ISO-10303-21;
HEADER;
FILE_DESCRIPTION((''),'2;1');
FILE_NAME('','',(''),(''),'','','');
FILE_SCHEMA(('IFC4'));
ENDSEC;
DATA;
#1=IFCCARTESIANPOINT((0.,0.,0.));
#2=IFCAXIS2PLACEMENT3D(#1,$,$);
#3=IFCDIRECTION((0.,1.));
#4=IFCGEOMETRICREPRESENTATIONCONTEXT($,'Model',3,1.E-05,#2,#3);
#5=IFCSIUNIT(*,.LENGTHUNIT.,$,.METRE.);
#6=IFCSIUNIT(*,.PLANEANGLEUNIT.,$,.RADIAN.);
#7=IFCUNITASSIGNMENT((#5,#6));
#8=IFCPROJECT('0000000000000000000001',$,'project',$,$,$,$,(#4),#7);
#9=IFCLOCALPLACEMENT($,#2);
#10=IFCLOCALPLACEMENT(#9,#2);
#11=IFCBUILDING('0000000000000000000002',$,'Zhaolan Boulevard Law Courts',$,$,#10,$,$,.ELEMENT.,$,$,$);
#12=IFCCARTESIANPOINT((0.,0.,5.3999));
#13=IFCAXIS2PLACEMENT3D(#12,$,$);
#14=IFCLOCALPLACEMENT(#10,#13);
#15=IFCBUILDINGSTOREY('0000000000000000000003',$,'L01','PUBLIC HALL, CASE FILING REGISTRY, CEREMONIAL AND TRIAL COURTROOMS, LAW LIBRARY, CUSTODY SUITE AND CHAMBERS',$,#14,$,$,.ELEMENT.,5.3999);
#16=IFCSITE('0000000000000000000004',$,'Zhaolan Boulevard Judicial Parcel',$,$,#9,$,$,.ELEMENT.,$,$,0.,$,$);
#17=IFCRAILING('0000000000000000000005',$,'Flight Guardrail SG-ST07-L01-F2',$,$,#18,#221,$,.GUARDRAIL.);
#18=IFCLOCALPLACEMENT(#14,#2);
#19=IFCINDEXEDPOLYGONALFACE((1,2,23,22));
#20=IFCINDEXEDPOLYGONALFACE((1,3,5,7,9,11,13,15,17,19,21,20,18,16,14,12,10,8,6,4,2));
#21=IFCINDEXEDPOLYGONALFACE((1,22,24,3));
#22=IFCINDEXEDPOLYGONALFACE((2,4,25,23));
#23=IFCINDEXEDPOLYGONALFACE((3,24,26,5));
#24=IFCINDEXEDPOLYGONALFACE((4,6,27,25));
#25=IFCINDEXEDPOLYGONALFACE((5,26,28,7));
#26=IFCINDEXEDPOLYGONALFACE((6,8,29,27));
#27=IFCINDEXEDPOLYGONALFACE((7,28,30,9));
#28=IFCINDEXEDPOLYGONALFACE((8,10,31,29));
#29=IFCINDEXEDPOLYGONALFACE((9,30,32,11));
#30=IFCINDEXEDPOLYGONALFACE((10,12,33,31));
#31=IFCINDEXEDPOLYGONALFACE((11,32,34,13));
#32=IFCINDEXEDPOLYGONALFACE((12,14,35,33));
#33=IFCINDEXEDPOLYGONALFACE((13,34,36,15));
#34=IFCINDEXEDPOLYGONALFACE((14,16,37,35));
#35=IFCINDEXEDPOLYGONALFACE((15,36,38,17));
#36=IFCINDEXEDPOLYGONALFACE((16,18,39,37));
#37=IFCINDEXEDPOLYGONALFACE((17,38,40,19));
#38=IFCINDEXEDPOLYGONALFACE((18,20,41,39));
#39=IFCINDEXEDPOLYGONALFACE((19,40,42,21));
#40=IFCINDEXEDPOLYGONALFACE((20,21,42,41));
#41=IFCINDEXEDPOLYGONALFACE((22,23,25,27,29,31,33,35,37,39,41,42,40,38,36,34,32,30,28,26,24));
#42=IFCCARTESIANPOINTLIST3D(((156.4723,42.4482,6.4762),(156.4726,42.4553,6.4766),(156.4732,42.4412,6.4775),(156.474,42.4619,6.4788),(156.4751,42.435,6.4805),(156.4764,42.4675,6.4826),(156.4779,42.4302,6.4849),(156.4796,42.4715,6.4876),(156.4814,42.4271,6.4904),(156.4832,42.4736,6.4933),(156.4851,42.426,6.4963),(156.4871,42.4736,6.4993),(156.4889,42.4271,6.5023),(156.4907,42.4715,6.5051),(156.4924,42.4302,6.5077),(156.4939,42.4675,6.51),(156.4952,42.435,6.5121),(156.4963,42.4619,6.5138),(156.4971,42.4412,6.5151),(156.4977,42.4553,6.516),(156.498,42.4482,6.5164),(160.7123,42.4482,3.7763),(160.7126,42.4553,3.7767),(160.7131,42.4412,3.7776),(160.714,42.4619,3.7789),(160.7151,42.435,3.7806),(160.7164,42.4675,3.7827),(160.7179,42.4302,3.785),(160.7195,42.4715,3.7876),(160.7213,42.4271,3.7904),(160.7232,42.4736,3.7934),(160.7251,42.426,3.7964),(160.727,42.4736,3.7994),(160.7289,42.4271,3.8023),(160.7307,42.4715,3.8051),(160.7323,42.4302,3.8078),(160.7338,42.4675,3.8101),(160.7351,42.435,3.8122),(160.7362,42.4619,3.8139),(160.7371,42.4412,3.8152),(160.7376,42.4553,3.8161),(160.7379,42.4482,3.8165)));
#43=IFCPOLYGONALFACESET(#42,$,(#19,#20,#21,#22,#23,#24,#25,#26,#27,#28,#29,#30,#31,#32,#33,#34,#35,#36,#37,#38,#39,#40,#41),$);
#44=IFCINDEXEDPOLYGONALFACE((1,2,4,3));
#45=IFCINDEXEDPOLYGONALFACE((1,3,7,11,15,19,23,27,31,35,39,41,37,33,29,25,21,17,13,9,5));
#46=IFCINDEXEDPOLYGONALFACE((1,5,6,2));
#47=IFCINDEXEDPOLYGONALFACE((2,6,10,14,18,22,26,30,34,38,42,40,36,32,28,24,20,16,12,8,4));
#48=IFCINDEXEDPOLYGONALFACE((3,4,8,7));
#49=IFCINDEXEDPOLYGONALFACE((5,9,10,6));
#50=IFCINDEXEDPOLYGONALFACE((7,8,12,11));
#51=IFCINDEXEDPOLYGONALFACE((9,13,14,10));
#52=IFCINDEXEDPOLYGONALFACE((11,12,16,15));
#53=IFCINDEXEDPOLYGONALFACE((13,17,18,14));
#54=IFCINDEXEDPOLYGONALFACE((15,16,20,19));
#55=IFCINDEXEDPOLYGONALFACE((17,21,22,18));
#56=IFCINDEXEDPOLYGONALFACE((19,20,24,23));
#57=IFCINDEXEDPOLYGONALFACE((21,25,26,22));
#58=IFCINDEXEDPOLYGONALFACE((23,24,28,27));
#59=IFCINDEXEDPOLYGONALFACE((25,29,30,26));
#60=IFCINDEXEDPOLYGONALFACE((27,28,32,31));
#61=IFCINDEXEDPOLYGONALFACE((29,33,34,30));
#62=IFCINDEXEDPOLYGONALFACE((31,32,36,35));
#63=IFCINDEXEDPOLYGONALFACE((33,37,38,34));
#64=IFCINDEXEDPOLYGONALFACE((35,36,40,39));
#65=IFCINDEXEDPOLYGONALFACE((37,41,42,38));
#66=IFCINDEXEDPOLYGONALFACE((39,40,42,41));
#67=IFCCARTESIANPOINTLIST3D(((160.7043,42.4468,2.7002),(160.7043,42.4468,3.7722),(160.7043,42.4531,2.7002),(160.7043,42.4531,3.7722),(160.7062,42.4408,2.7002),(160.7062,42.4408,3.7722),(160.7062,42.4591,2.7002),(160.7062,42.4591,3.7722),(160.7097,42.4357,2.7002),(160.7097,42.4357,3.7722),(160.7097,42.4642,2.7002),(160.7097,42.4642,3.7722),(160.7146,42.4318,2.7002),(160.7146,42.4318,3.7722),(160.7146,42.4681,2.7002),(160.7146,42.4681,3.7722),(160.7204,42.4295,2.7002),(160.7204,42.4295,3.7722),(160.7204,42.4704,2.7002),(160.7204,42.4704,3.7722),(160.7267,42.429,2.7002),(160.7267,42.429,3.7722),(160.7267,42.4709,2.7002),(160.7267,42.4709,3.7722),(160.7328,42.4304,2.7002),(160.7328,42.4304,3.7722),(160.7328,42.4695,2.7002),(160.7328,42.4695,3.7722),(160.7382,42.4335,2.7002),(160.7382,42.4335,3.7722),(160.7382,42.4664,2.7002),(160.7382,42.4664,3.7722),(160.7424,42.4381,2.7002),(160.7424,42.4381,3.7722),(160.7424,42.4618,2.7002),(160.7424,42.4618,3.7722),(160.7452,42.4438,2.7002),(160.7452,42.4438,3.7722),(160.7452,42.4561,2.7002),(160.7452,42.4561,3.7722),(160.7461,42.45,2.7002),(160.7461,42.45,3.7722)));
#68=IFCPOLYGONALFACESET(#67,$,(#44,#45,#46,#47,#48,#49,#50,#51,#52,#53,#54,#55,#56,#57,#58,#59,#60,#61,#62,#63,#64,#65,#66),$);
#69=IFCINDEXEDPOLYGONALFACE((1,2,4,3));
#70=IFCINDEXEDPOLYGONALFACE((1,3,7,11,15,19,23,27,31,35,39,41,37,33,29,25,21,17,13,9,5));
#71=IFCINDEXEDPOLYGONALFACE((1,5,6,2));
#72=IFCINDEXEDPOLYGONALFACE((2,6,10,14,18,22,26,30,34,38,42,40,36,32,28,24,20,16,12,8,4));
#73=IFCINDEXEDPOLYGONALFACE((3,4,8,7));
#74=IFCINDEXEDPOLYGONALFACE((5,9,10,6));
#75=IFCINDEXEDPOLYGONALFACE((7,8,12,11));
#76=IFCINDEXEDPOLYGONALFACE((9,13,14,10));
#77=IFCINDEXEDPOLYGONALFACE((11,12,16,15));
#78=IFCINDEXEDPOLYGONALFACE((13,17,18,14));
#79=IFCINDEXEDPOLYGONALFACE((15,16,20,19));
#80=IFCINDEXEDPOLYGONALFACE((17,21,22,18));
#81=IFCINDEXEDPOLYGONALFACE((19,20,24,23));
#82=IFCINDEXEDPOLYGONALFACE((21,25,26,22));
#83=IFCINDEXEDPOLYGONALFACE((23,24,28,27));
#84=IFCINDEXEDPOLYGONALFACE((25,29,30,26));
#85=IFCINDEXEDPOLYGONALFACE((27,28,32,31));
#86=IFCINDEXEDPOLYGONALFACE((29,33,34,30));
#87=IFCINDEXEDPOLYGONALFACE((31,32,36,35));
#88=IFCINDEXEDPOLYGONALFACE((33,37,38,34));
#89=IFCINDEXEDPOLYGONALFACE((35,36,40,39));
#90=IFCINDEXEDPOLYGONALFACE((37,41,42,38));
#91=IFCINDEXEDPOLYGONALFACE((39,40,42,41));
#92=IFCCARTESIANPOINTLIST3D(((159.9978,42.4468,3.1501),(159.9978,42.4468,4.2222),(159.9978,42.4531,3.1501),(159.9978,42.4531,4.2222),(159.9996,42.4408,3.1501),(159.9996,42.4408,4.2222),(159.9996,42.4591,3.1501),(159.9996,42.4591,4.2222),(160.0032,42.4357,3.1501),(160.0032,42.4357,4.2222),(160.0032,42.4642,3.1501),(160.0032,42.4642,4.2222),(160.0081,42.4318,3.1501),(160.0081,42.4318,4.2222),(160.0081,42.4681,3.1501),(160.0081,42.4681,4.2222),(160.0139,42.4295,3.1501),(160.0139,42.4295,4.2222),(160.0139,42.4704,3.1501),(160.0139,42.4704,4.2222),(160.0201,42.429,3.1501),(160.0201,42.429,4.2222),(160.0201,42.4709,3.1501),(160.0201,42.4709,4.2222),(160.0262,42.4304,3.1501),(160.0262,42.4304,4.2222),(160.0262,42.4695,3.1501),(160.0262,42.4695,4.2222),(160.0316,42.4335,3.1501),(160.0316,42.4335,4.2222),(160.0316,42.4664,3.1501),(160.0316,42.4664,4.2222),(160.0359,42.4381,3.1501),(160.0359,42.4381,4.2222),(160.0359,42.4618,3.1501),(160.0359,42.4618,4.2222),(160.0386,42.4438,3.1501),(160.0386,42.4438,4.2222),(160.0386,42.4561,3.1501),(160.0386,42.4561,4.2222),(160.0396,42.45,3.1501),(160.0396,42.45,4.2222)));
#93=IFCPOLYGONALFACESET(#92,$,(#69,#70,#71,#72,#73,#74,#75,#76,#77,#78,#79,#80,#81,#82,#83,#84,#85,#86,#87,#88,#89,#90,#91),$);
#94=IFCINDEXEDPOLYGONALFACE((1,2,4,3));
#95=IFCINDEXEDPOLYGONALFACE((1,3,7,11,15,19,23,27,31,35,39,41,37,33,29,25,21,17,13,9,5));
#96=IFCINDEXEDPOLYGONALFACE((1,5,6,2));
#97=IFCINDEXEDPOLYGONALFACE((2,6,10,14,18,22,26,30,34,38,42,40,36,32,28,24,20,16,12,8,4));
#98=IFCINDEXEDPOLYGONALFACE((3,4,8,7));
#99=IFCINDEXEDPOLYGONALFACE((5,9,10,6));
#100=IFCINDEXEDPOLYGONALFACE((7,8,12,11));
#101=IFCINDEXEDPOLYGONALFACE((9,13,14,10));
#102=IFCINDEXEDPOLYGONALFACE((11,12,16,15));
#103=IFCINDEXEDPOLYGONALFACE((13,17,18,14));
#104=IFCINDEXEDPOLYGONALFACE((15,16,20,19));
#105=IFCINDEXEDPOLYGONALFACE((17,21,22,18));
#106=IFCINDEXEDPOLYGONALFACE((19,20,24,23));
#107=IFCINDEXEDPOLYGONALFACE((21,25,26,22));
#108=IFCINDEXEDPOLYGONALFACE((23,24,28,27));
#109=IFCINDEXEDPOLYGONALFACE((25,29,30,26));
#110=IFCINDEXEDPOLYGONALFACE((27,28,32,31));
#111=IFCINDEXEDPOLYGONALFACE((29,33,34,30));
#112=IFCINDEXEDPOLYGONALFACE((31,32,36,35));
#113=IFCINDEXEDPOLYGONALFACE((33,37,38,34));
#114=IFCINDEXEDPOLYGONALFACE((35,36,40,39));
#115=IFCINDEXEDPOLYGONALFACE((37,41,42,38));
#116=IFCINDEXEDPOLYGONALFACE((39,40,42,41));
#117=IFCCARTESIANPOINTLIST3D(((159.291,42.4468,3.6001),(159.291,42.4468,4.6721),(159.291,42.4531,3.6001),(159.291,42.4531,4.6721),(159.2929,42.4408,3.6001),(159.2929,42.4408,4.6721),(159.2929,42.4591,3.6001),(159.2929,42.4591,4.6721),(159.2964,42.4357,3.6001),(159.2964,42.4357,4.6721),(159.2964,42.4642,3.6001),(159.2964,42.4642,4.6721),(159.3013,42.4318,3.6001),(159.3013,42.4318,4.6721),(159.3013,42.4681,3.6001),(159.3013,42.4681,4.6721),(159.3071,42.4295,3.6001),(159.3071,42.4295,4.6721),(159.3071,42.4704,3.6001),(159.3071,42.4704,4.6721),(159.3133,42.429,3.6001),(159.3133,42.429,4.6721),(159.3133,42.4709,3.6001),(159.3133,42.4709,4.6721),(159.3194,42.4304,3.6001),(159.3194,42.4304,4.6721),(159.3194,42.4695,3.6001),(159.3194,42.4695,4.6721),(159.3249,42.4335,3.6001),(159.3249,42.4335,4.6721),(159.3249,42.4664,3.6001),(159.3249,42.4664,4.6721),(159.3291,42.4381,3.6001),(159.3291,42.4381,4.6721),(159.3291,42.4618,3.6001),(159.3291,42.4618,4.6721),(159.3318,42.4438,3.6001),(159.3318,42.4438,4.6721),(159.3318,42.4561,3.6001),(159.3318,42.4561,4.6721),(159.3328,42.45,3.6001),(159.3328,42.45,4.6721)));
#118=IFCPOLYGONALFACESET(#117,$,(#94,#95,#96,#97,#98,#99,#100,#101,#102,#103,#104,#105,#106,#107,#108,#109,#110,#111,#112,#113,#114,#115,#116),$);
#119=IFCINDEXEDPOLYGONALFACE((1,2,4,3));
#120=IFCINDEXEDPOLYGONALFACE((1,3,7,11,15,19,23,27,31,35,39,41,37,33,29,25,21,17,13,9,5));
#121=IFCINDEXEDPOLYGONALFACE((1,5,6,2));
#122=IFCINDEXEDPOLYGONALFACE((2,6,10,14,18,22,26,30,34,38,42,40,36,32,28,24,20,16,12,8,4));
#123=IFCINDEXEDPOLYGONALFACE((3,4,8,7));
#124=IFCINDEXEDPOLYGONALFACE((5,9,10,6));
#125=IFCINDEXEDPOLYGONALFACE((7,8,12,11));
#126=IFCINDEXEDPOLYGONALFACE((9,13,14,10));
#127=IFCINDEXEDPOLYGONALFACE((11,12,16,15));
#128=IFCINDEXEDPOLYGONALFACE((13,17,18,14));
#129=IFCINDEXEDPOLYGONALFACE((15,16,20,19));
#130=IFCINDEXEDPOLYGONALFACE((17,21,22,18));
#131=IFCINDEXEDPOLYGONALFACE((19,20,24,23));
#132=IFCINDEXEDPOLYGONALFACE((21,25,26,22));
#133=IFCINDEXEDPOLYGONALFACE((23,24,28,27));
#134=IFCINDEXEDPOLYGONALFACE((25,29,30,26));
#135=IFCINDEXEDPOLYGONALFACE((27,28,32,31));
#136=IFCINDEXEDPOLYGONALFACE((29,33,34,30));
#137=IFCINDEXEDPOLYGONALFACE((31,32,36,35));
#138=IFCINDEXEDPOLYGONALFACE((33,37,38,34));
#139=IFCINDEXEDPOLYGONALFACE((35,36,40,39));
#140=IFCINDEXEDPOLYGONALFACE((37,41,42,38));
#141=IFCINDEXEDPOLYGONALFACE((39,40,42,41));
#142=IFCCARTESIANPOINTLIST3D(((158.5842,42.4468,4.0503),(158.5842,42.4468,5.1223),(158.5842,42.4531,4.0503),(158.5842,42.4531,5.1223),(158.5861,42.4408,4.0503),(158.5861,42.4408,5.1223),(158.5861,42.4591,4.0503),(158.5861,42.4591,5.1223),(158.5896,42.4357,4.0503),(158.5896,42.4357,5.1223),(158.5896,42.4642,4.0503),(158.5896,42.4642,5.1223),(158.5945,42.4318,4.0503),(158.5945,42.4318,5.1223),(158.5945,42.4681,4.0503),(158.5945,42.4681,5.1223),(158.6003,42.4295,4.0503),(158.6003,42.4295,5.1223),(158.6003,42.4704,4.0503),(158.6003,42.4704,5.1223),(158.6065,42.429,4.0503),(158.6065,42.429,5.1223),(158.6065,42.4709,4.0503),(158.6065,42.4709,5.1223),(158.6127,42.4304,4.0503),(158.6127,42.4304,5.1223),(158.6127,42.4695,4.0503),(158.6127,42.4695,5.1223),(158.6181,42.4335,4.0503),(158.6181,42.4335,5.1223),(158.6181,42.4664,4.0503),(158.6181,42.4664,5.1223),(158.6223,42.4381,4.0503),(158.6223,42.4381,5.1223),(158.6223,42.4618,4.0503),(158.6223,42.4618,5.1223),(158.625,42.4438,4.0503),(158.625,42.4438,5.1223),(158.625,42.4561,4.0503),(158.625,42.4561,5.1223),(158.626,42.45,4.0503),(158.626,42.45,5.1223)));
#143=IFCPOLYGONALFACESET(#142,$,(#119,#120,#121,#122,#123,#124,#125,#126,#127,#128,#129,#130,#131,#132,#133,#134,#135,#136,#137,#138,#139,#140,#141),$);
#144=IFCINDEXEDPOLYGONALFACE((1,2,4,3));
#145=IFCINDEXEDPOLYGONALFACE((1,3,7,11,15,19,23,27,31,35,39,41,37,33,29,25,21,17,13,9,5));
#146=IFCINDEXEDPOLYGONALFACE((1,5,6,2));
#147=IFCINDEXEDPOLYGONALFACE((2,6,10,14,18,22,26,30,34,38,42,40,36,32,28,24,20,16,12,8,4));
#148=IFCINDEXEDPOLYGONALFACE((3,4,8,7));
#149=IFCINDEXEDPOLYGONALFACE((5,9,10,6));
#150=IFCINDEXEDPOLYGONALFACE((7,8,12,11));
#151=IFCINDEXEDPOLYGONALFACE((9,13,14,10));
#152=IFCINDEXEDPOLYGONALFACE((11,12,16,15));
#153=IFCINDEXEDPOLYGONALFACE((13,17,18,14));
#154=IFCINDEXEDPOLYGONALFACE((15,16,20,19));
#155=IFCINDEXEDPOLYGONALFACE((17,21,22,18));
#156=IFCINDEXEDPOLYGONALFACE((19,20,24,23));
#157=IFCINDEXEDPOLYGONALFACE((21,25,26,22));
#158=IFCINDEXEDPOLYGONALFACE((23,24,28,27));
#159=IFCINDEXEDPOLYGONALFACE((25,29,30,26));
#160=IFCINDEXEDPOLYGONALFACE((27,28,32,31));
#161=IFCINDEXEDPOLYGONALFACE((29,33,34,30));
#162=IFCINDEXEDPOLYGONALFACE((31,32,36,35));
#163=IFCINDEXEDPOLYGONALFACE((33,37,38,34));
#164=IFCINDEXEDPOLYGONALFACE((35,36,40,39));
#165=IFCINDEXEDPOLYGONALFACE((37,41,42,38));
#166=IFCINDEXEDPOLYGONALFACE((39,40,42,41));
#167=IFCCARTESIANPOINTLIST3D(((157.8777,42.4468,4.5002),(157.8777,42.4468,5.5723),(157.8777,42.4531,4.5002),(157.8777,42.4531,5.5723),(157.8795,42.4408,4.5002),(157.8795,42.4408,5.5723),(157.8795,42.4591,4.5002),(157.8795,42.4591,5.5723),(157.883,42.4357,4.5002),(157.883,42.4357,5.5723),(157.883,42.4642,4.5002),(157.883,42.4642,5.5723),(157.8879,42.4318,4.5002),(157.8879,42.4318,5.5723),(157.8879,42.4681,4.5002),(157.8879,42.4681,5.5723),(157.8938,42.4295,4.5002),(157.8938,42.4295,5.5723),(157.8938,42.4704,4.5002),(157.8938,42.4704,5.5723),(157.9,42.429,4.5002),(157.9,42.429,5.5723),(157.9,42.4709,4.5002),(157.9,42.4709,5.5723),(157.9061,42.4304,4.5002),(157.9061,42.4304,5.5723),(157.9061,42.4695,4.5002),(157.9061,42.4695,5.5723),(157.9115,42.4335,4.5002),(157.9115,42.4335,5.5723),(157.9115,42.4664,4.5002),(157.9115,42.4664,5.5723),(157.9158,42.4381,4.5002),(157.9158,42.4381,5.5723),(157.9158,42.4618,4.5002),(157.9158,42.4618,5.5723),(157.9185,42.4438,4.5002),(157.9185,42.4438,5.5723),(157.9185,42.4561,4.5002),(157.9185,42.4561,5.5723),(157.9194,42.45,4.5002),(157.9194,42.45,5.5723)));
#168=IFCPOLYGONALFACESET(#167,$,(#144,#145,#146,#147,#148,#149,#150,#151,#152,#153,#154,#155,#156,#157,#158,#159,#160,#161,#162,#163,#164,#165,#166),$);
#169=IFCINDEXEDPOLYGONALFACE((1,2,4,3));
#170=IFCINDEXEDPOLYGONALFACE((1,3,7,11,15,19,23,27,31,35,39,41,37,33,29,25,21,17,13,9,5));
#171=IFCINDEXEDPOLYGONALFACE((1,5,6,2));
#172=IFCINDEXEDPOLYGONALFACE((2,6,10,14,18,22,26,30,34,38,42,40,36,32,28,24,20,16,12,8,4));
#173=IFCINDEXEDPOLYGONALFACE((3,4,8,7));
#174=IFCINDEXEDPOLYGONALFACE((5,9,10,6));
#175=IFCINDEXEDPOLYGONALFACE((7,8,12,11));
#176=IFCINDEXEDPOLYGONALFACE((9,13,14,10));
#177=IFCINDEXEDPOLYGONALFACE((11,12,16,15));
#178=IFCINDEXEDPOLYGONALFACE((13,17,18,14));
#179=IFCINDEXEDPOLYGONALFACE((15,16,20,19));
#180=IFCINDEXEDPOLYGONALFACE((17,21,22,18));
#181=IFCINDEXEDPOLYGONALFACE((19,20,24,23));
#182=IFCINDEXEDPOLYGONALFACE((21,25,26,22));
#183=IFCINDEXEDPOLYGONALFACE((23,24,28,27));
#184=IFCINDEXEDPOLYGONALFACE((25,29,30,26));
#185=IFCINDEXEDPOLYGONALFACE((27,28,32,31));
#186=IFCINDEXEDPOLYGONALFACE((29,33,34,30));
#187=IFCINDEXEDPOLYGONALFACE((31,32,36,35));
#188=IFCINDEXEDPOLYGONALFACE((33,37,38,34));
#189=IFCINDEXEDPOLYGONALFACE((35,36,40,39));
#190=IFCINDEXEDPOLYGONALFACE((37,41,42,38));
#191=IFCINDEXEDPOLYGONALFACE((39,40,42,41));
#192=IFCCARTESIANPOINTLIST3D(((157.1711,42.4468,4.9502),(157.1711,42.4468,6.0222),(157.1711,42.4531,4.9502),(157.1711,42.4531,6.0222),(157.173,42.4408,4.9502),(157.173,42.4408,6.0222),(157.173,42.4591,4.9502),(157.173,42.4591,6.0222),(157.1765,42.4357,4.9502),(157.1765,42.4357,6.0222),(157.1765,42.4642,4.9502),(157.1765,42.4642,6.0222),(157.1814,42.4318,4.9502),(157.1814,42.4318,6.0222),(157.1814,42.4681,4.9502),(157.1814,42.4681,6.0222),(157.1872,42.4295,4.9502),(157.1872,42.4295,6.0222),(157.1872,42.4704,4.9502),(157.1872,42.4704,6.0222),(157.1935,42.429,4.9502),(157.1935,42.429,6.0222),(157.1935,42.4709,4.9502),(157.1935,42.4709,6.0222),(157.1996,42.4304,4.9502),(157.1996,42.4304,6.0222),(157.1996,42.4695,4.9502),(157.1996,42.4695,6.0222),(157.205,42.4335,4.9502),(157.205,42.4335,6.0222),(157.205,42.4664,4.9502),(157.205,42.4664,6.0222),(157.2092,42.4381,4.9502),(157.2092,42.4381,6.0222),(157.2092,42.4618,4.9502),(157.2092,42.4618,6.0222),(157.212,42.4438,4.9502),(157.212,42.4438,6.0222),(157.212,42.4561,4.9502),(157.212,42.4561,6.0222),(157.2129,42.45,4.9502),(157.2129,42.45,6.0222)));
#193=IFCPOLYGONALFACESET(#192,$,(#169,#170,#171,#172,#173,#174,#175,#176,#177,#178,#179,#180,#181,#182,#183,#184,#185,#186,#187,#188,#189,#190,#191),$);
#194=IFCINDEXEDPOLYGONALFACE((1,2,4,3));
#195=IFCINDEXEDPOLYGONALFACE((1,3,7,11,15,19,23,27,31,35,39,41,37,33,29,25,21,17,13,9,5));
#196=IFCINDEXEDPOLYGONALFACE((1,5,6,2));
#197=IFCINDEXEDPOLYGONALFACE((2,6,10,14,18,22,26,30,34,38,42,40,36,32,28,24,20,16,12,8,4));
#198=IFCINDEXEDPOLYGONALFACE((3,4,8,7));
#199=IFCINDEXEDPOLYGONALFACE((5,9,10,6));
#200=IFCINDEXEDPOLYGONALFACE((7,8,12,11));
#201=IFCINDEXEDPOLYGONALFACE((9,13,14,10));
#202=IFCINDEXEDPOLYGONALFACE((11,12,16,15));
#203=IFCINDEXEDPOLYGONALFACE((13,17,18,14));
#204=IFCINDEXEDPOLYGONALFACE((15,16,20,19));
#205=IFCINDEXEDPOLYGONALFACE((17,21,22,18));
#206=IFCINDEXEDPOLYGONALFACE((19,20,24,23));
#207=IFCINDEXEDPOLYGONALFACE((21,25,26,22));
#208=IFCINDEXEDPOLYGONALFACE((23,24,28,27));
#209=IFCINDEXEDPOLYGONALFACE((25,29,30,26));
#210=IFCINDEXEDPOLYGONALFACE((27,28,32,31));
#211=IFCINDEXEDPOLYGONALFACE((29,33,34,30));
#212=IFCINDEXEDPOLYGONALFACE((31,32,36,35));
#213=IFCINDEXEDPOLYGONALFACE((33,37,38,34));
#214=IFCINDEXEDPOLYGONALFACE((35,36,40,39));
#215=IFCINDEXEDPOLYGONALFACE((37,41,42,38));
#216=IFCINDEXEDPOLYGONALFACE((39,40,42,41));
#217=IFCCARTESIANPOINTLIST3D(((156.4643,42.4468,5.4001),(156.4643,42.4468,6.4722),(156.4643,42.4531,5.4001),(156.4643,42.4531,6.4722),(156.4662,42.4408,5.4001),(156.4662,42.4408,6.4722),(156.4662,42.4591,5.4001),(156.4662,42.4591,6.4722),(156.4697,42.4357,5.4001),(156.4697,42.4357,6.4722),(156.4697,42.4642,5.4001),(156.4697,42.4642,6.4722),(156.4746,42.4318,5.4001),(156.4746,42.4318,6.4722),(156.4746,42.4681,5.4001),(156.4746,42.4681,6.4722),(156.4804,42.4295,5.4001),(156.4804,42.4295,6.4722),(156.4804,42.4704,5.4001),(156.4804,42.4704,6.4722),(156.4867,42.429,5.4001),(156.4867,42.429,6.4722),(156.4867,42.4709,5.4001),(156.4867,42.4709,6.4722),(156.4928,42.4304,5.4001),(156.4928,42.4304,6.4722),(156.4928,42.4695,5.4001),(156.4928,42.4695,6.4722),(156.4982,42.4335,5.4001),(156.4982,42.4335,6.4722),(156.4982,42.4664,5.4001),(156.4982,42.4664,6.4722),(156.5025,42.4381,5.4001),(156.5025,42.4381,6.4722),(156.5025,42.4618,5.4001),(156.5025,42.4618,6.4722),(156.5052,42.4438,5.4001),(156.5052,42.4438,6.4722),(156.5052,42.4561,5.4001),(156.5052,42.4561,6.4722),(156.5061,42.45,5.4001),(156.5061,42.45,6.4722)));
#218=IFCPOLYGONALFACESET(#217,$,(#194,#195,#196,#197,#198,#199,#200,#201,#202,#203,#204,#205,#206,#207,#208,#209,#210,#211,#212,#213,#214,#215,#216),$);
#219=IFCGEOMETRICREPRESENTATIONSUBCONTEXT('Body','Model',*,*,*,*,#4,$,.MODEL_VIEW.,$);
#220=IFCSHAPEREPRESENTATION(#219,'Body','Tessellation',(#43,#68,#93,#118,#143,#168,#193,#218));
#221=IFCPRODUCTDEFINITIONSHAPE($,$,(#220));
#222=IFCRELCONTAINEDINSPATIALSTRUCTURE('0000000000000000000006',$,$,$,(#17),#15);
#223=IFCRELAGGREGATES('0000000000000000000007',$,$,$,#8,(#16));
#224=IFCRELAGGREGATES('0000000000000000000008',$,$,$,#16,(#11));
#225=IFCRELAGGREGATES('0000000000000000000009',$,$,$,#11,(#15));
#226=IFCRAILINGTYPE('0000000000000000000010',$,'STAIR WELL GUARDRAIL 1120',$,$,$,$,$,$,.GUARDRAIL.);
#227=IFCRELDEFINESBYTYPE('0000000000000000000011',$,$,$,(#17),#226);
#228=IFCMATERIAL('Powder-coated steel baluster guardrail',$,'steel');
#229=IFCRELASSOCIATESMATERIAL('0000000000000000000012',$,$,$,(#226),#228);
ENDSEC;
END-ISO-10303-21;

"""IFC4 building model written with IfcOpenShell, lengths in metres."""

from ifc_helpers import new_model, si_unit, direction, frame, origin, origin_2d, place, context, subcontext, project, spatial, circle, extrude, material, type_object, element, save


model = new_model("IFC4")

# Units and contexts
model_context = context("Model", 3, precision=1e-05, world=origin(), true_north=direction((0.0, 1.0)))
body_context = subcontext(model_context, "Body", "Model", "MODEL_VIEW")
ifc_project = project(units=[si_unit("LENGTHUNIT", "METRE"), si_unit("PLANEANGLEUNIT", "RADIAN")], contexts=[model_context])

# Site, building, storey
site_placement = place(None, origin())
site = spatial("IfcSite", under=ifc_project, at=site_placement, Name="Zhaolan Boulevard Judicial Parcel", CompositionType="ELEMENT", RefElevation=0.0)
building_placement = place(site_placement, origin())
building = spatial("IfcBuilding", under=site, at=building_placement, Name="Zhaolan Boulevard Law Courts", CompositionType="ELEMENT")
storey_placement = place(building_placement, frame((0.0, 0.0, 5.3999)))
storey = spatial("IfcBuildingStorey", under=building, at=storey_placement, Name="L01", Description="PUBLIC HALL, CASE FILING REGISTRY, CEREMONIAL AND TRIAL COURTROOMS, LAW LIBRARY, CUSTODY SUITE AND CHAMBERS", CompositionType="ELEMENT", Elevation=5.3999)

# Railing
ifc_material_1 = material(Name="Powder-coated steel baluster guardrail", Category="steel")
railing_type_1 = type_object("IfcRailingType", Name="STAIR WELL GUARDRAIL 1120", PredefinedType="GUARDRAIL", material=ifc_material_1)
railing_1_placement = place(storey_placement, frame((160.7251, 42.45, 2.7002)))
element("IfcRailing", 1, at=railing_1_placement, inside=storey, type_object=railing_type_1, Name="Flight Guardrail SG-ST07-L01-F2", PredefinedType="GUARDRAIL", context=body_context, shape_type="SweptSolid", body=[
    extrude(circle(Radius=0.0239, at=origin_2d()), frame((0.0, 0.0, 1.0962), z_axis=(-0.843501, 0.0, 0.537127), x_axis=(0.0, -1.0, 0.0)), (0.0, 0.0, 1.0), 5.0266),
    extrude(circle(Radius=0.021, at=origin_2d()), origin(), (0.0, 0.0, 1.0), 1.072),
    extrude(circle(Radius=0.021, at=origin_2d()), frame((-0.7065, 0.0, 0.45)), (0.0, 0.0, 1.0), 1.072),
    extrude(circle(Radius=0.021, at=origin_2d()), frame((-1.4133, 0.0, 0.8999)), (0.0, 0.0, 1.0), 1.072),
    extrude(circle(Radius=0.021, at=origin_2d()), frame((-2.1201, 0.0, 1.3501)), (0.0, 0.0, 1.0), 1.072),
    extrude(circle(Radius=0.021, at=origin_2d()), frame((-2.8267, 0.0, 1.8)), (0.0, 0.0, 1.0), 1.072),
    extrude(circle(Radius=0.021, at=origin_2d()), frame((-3.5332, 0.0, 2.25)), (0.0, 0.0, 1.0), 1.072),
    extrude(circle(Radius=0.021, at=origin_2d()), frame((-4.24, 0.0, 2.7)), (0.0, 0.0, 1.0), 1.072),
])

save(model, "model.ifc")
